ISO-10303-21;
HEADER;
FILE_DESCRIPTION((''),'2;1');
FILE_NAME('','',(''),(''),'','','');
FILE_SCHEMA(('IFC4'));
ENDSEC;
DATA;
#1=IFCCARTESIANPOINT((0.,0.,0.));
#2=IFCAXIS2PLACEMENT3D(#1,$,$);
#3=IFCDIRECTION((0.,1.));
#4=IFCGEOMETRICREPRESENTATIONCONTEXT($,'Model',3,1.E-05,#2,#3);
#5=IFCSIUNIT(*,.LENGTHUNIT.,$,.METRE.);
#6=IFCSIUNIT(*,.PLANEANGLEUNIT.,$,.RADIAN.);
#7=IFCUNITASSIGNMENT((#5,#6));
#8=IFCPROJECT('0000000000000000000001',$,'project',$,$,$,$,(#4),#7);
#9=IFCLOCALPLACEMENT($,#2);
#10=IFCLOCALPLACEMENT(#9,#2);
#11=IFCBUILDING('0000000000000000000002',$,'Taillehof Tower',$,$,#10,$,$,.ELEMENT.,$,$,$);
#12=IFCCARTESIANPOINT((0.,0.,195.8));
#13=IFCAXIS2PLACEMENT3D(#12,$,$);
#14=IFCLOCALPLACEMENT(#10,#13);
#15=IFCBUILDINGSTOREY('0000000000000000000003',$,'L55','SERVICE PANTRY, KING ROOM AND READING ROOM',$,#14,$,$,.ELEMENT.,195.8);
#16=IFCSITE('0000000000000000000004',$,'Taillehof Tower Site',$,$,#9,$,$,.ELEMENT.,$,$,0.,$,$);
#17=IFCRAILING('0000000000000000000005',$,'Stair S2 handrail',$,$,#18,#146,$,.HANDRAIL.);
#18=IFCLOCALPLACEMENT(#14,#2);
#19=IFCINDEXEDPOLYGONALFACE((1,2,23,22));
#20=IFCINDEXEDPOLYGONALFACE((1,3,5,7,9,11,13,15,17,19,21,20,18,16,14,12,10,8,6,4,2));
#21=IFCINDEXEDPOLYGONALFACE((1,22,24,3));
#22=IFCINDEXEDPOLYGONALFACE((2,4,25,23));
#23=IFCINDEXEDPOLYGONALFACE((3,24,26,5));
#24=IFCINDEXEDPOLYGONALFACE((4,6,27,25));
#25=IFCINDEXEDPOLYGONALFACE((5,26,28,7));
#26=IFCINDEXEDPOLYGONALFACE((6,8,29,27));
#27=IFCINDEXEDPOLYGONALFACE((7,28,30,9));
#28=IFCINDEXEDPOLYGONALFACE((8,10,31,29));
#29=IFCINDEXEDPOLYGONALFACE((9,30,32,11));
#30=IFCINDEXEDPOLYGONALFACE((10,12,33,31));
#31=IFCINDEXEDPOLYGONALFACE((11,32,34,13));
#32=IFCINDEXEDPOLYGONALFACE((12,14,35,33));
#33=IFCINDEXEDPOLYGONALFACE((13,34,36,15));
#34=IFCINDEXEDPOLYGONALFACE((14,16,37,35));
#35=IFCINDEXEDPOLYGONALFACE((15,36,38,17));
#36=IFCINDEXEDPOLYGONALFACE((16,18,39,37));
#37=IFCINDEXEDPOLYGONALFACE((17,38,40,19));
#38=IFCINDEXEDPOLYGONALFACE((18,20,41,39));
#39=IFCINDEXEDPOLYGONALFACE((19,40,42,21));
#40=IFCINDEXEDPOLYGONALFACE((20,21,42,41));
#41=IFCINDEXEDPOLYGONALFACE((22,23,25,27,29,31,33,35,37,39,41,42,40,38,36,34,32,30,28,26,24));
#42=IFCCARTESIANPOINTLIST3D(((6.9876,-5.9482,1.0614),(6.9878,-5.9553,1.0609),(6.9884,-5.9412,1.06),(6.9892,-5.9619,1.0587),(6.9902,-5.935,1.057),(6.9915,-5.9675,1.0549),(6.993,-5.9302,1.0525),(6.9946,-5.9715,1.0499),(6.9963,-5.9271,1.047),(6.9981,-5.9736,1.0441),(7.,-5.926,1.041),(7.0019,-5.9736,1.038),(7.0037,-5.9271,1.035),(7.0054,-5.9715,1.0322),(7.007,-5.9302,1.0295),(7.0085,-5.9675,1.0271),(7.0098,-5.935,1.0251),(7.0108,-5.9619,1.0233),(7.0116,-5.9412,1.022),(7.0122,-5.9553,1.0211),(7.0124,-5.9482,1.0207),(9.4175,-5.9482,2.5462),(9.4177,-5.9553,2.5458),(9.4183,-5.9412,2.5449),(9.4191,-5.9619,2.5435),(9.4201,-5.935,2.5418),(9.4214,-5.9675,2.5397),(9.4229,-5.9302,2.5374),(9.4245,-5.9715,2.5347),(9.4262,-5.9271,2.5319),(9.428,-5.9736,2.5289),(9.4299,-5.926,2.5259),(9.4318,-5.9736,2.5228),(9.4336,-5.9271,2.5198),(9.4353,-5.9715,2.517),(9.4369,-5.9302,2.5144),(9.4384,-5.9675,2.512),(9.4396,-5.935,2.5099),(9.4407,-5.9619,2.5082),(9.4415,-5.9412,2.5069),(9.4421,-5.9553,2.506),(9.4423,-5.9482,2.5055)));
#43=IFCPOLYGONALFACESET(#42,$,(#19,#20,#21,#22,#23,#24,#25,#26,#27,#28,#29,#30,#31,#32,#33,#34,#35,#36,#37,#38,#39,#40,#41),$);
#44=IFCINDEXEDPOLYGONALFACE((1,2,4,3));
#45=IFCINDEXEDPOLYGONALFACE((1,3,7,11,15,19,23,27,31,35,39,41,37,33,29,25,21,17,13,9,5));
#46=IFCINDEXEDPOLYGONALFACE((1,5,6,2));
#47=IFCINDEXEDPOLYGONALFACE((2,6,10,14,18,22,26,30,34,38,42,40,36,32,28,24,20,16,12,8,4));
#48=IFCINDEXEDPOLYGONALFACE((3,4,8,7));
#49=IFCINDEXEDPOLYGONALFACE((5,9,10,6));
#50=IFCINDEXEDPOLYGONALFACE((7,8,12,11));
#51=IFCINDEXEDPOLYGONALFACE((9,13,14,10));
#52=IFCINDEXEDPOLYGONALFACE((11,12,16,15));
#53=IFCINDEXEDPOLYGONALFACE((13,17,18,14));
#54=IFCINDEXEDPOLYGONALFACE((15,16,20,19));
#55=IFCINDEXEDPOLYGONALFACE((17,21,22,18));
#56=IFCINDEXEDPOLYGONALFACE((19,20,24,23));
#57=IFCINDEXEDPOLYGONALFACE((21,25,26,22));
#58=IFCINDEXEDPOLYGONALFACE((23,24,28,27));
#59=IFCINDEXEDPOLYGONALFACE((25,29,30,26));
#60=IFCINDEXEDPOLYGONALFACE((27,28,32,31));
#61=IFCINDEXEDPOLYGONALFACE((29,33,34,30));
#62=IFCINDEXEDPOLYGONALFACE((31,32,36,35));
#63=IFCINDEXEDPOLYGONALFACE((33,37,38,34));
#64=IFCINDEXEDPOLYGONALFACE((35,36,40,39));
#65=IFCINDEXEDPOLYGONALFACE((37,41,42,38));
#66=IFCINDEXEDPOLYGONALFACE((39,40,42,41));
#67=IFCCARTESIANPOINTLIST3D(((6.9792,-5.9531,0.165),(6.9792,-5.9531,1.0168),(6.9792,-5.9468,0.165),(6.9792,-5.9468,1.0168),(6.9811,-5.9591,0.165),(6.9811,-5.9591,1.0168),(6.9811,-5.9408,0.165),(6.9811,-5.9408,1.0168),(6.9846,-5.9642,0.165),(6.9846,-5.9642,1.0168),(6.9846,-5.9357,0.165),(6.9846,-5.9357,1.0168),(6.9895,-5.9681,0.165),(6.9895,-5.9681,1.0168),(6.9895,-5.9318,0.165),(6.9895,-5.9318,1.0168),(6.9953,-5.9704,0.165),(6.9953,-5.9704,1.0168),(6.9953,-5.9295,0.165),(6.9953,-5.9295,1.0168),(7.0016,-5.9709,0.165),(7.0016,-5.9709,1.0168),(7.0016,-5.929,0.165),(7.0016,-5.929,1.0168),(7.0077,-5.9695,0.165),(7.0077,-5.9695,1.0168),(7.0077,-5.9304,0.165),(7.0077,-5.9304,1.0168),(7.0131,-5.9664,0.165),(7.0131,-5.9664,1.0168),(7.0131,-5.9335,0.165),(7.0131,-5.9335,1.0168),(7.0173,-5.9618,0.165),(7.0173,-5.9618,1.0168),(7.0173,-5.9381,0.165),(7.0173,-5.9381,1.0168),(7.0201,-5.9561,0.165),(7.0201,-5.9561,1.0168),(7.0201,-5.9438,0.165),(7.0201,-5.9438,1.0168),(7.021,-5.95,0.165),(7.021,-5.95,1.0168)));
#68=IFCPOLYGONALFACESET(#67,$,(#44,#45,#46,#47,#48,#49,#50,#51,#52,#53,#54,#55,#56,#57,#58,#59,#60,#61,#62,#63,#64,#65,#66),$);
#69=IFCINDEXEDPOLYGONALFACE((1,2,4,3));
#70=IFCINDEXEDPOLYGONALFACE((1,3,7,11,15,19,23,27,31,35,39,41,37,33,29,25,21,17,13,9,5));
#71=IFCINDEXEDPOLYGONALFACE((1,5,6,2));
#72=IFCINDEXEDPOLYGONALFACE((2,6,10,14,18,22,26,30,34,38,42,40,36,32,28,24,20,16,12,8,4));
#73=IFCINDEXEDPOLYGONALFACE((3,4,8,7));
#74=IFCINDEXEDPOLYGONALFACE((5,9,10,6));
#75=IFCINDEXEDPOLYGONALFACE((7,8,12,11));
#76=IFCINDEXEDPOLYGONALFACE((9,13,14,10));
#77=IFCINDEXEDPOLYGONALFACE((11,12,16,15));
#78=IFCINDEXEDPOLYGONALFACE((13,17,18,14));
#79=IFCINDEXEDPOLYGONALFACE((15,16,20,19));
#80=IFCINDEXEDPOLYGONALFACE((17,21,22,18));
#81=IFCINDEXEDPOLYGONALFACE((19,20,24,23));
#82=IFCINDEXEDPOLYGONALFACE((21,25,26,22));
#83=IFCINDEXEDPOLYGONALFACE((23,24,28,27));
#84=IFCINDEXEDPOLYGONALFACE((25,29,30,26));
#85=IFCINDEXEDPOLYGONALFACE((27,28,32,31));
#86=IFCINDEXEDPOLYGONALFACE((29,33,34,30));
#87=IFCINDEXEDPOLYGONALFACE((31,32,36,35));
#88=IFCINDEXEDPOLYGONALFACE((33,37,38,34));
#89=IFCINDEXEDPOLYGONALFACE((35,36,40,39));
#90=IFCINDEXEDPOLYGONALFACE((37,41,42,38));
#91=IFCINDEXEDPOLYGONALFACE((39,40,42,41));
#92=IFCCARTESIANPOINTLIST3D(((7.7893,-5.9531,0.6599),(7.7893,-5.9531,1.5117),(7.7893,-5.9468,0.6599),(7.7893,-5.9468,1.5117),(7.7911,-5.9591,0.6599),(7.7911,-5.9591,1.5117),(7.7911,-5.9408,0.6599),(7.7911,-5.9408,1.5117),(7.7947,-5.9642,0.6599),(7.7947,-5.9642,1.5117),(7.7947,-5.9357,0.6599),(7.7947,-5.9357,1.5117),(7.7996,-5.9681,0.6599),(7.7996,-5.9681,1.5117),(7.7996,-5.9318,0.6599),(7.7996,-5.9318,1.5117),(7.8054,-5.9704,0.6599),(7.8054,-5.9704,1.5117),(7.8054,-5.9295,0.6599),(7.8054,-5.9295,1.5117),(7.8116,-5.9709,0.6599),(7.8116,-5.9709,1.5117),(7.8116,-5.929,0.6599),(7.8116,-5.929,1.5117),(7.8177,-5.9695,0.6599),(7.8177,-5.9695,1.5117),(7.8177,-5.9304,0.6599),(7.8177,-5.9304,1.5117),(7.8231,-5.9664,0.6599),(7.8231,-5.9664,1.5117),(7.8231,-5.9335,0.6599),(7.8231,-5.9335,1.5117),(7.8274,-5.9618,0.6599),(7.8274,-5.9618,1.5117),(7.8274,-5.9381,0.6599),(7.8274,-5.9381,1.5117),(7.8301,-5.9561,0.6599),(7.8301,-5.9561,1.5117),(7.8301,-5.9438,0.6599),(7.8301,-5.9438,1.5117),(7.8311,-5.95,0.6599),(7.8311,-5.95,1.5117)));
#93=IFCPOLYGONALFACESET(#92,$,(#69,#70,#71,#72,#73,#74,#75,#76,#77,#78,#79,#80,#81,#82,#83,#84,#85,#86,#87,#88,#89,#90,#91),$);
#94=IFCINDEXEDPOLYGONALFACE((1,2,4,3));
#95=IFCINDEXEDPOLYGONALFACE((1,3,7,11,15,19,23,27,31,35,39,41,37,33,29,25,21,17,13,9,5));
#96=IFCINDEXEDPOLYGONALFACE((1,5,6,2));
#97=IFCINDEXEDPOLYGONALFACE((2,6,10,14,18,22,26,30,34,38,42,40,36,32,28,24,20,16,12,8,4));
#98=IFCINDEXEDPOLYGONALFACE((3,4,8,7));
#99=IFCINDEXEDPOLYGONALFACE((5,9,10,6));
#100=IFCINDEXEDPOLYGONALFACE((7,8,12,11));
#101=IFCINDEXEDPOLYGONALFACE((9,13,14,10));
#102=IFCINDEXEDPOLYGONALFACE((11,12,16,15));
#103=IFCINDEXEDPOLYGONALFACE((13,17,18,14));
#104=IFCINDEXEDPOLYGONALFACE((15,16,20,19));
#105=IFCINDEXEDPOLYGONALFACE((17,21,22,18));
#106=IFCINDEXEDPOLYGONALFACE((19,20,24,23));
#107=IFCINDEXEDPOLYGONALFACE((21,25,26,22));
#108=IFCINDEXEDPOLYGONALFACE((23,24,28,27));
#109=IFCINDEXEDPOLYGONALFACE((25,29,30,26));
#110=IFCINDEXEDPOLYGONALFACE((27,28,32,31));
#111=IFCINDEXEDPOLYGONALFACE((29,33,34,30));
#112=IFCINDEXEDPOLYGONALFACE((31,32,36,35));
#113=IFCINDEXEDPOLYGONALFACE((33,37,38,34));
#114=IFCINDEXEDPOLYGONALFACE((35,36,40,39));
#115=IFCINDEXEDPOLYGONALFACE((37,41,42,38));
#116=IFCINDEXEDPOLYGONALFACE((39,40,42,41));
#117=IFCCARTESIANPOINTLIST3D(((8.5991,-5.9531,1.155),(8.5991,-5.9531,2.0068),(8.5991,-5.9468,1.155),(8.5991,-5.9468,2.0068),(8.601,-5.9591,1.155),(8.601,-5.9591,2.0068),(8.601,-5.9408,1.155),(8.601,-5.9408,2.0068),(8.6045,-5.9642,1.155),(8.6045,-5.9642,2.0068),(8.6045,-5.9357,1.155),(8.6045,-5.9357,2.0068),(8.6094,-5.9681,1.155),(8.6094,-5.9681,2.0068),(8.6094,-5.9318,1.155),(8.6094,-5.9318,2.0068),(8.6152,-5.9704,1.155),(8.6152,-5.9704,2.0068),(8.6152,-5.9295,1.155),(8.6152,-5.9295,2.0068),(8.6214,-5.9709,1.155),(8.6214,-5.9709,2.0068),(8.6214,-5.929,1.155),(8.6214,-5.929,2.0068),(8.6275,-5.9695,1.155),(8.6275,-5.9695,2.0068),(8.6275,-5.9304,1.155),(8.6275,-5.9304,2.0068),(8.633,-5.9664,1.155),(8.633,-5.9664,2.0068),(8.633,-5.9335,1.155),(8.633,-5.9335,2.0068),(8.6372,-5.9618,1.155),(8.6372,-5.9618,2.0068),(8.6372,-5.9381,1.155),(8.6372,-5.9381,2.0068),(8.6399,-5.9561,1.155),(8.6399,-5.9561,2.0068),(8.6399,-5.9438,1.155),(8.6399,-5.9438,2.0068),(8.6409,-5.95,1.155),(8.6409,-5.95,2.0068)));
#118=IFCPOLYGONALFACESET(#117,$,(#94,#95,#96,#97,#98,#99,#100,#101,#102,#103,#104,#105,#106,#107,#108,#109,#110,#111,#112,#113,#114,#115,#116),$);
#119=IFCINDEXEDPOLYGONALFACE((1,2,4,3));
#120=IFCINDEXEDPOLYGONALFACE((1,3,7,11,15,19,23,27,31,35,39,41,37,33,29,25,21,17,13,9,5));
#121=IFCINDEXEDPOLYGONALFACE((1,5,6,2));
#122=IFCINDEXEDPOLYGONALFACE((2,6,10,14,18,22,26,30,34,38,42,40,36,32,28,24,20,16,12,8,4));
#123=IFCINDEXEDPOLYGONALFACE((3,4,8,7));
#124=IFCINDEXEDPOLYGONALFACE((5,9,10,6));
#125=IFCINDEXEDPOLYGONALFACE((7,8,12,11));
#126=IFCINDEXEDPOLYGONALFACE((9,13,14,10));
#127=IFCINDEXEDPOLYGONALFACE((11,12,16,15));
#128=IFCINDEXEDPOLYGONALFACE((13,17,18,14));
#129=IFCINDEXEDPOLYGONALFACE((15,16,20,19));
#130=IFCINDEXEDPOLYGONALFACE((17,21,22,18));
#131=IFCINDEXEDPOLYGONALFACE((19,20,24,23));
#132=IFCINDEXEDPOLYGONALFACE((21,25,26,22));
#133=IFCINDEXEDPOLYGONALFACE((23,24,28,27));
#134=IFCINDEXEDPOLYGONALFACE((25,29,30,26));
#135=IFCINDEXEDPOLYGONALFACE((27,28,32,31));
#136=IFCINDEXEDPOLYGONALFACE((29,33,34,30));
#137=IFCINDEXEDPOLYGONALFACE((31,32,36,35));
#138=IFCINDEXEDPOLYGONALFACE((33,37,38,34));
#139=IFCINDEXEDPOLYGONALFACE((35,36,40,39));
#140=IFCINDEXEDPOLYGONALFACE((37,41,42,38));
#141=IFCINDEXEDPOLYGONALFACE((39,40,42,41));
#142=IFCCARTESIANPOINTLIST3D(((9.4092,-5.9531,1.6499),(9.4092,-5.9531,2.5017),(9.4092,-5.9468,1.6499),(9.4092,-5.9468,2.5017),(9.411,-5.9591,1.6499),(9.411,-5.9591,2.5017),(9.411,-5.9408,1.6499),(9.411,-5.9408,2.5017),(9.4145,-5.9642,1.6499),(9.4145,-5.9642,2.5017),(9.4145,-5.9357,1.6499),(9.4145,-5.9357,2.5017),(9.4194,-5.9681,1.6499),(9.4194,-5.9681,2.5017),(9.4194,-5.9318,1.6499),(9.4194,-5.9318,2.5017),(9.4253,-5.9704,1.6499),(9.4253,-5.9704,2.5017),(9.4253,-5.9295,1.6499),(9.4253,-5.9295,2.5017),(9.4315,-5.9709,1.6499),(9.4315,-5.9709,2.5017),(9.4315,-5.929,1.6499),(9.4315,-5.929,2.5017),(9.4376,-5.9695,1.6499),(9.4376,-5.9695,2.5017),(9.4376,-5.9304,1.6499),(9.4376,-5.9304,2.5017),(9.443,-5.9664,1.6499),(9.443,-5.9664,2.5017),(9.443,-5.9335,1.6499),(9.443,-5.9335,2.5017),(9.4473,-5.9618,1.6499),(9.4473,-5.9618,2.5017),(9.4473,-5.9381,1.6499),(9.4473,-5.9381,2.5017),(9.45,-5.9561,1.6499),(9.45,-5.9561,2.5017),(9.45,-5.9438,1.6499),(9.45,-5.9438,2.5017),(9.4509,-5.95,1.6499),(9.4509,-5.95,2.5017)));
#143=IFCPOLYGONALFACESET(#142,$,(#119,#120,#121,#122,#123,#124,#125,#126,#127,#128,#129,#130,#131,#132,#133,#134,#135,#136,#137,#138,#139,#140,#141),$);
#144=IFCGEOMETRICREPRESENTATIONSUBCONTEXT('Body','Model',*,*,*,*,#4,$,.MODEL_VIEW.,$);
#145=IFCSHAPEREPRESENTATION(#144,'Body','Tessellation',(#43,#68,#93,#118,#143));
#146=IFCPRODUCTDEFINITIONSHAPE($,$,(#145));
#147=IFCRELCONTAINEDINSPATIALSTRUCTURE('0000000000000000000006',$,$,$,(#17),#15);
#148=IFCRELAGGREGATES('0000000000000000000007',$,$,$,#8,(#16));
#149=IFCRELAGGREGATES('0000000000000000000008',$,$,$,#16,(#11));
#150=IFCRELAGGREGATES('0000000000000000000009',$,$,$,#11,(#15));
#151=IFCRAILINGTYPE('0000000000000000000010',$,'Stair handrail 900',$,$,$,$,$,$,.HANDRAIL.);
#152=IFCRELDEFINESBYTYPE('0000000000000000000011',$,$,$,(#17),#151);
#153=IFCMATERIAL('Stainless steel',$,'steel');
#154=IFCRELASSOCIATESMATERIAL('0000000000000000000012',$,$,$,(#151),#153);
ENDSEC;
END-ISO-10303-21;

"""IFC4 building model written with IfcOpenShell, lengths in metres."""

from ifc_helpers import new_model, si_unit, direction, frame, origin, origin_2d, place, context, subcontext, project, spatial, circle, extrude, material, type_object, element, save


model = new_model("IFC4")

# Units and contexts
model_context = context("Model", 3, precision=1e-05, world=origin(), true_north=direction((0.0, 1.0)))
body_context = subcontext(model_context, "Body", "Model", "MODEL_VIEW")
ifc_project = project(units=[si_unit("LENGTHUNIT", "METRE"), si_unit("PLANEANGLEUNIT", "RADIAN")], contexts=[model_context])

# Site, building, storey
site_placement = place(None, origin())
site = spatial("IfcSite", under=ifc_project, at=site_placement, Name="Taillehof Tower Site", CompositionType="ELEMENT", RefElevation=0.0)
building_placement = place(site_placement, origin())
building = spatial("IfcBuilding", under=site, at=building_placement, Name="Taillehof Tower", CompositionType="ELEMENT")
storey_placement = place(building_placement, frame((0.0, 0.0, 195.8)))
storey = spatial("IfcBuildingStorey", under=building, at=storey_placement, Name="L55", Description="SERVICE PANTRY, KING ROOM AND READING ROOM", CompositionType="ELEMENT", Elevation=195.8)

# Railing
ifc_material_1 = material(Name="Stainless steel", Category="steel")
railing_type = type_object("IfcRailingType", Name="Stair handrail 900", PredefinedType="HANDRAIL", material=ifc_material_1)
railing_placement = place(storey_placement, frame((7.0, -5.95, 0.165)))
element("IfcRailing", 1, at=railing_placement, inside=storey, type_object=railing_type, Name="Stair S2 handrail", PredefinedType="HANDRAIL", context=body_context, shape_type="SweptSolid", body=[
    extrude(circle(Radius=0.0239, at=origin_2d()), frame((0.0, 0.0, 0.876), z_axis=(0.853297, 0.0, 0.521426), x_axis=(0.0, 1.0, 0.0)), (0.0, 0.0, 1.0), 2.8477),
    extrude(circle(Radius=0.021, at=origin_2d()), origin(), (0.0, 0.0, 1.0), 0.8518),
    extrude(circle(Radius=0.021, at=origin_2d()), frame((0.8101, 0.0, 0.4949)), (0.0, 0.0, 1.0), 0.8518),
    extrude(circle(Radius=0.021, at=origin_2d()), frame((1.6199, 0.0, 0.99)), (0.0, 0.0, 1.0), 0.8518),
    extrude(circle(Radius=0.021, at=origin_2d()), frame((2.4299, 0.0, 1.4849)), (0.0, 0.0, 1.0), 0.8518),
])

save(model, "model.ifc")
